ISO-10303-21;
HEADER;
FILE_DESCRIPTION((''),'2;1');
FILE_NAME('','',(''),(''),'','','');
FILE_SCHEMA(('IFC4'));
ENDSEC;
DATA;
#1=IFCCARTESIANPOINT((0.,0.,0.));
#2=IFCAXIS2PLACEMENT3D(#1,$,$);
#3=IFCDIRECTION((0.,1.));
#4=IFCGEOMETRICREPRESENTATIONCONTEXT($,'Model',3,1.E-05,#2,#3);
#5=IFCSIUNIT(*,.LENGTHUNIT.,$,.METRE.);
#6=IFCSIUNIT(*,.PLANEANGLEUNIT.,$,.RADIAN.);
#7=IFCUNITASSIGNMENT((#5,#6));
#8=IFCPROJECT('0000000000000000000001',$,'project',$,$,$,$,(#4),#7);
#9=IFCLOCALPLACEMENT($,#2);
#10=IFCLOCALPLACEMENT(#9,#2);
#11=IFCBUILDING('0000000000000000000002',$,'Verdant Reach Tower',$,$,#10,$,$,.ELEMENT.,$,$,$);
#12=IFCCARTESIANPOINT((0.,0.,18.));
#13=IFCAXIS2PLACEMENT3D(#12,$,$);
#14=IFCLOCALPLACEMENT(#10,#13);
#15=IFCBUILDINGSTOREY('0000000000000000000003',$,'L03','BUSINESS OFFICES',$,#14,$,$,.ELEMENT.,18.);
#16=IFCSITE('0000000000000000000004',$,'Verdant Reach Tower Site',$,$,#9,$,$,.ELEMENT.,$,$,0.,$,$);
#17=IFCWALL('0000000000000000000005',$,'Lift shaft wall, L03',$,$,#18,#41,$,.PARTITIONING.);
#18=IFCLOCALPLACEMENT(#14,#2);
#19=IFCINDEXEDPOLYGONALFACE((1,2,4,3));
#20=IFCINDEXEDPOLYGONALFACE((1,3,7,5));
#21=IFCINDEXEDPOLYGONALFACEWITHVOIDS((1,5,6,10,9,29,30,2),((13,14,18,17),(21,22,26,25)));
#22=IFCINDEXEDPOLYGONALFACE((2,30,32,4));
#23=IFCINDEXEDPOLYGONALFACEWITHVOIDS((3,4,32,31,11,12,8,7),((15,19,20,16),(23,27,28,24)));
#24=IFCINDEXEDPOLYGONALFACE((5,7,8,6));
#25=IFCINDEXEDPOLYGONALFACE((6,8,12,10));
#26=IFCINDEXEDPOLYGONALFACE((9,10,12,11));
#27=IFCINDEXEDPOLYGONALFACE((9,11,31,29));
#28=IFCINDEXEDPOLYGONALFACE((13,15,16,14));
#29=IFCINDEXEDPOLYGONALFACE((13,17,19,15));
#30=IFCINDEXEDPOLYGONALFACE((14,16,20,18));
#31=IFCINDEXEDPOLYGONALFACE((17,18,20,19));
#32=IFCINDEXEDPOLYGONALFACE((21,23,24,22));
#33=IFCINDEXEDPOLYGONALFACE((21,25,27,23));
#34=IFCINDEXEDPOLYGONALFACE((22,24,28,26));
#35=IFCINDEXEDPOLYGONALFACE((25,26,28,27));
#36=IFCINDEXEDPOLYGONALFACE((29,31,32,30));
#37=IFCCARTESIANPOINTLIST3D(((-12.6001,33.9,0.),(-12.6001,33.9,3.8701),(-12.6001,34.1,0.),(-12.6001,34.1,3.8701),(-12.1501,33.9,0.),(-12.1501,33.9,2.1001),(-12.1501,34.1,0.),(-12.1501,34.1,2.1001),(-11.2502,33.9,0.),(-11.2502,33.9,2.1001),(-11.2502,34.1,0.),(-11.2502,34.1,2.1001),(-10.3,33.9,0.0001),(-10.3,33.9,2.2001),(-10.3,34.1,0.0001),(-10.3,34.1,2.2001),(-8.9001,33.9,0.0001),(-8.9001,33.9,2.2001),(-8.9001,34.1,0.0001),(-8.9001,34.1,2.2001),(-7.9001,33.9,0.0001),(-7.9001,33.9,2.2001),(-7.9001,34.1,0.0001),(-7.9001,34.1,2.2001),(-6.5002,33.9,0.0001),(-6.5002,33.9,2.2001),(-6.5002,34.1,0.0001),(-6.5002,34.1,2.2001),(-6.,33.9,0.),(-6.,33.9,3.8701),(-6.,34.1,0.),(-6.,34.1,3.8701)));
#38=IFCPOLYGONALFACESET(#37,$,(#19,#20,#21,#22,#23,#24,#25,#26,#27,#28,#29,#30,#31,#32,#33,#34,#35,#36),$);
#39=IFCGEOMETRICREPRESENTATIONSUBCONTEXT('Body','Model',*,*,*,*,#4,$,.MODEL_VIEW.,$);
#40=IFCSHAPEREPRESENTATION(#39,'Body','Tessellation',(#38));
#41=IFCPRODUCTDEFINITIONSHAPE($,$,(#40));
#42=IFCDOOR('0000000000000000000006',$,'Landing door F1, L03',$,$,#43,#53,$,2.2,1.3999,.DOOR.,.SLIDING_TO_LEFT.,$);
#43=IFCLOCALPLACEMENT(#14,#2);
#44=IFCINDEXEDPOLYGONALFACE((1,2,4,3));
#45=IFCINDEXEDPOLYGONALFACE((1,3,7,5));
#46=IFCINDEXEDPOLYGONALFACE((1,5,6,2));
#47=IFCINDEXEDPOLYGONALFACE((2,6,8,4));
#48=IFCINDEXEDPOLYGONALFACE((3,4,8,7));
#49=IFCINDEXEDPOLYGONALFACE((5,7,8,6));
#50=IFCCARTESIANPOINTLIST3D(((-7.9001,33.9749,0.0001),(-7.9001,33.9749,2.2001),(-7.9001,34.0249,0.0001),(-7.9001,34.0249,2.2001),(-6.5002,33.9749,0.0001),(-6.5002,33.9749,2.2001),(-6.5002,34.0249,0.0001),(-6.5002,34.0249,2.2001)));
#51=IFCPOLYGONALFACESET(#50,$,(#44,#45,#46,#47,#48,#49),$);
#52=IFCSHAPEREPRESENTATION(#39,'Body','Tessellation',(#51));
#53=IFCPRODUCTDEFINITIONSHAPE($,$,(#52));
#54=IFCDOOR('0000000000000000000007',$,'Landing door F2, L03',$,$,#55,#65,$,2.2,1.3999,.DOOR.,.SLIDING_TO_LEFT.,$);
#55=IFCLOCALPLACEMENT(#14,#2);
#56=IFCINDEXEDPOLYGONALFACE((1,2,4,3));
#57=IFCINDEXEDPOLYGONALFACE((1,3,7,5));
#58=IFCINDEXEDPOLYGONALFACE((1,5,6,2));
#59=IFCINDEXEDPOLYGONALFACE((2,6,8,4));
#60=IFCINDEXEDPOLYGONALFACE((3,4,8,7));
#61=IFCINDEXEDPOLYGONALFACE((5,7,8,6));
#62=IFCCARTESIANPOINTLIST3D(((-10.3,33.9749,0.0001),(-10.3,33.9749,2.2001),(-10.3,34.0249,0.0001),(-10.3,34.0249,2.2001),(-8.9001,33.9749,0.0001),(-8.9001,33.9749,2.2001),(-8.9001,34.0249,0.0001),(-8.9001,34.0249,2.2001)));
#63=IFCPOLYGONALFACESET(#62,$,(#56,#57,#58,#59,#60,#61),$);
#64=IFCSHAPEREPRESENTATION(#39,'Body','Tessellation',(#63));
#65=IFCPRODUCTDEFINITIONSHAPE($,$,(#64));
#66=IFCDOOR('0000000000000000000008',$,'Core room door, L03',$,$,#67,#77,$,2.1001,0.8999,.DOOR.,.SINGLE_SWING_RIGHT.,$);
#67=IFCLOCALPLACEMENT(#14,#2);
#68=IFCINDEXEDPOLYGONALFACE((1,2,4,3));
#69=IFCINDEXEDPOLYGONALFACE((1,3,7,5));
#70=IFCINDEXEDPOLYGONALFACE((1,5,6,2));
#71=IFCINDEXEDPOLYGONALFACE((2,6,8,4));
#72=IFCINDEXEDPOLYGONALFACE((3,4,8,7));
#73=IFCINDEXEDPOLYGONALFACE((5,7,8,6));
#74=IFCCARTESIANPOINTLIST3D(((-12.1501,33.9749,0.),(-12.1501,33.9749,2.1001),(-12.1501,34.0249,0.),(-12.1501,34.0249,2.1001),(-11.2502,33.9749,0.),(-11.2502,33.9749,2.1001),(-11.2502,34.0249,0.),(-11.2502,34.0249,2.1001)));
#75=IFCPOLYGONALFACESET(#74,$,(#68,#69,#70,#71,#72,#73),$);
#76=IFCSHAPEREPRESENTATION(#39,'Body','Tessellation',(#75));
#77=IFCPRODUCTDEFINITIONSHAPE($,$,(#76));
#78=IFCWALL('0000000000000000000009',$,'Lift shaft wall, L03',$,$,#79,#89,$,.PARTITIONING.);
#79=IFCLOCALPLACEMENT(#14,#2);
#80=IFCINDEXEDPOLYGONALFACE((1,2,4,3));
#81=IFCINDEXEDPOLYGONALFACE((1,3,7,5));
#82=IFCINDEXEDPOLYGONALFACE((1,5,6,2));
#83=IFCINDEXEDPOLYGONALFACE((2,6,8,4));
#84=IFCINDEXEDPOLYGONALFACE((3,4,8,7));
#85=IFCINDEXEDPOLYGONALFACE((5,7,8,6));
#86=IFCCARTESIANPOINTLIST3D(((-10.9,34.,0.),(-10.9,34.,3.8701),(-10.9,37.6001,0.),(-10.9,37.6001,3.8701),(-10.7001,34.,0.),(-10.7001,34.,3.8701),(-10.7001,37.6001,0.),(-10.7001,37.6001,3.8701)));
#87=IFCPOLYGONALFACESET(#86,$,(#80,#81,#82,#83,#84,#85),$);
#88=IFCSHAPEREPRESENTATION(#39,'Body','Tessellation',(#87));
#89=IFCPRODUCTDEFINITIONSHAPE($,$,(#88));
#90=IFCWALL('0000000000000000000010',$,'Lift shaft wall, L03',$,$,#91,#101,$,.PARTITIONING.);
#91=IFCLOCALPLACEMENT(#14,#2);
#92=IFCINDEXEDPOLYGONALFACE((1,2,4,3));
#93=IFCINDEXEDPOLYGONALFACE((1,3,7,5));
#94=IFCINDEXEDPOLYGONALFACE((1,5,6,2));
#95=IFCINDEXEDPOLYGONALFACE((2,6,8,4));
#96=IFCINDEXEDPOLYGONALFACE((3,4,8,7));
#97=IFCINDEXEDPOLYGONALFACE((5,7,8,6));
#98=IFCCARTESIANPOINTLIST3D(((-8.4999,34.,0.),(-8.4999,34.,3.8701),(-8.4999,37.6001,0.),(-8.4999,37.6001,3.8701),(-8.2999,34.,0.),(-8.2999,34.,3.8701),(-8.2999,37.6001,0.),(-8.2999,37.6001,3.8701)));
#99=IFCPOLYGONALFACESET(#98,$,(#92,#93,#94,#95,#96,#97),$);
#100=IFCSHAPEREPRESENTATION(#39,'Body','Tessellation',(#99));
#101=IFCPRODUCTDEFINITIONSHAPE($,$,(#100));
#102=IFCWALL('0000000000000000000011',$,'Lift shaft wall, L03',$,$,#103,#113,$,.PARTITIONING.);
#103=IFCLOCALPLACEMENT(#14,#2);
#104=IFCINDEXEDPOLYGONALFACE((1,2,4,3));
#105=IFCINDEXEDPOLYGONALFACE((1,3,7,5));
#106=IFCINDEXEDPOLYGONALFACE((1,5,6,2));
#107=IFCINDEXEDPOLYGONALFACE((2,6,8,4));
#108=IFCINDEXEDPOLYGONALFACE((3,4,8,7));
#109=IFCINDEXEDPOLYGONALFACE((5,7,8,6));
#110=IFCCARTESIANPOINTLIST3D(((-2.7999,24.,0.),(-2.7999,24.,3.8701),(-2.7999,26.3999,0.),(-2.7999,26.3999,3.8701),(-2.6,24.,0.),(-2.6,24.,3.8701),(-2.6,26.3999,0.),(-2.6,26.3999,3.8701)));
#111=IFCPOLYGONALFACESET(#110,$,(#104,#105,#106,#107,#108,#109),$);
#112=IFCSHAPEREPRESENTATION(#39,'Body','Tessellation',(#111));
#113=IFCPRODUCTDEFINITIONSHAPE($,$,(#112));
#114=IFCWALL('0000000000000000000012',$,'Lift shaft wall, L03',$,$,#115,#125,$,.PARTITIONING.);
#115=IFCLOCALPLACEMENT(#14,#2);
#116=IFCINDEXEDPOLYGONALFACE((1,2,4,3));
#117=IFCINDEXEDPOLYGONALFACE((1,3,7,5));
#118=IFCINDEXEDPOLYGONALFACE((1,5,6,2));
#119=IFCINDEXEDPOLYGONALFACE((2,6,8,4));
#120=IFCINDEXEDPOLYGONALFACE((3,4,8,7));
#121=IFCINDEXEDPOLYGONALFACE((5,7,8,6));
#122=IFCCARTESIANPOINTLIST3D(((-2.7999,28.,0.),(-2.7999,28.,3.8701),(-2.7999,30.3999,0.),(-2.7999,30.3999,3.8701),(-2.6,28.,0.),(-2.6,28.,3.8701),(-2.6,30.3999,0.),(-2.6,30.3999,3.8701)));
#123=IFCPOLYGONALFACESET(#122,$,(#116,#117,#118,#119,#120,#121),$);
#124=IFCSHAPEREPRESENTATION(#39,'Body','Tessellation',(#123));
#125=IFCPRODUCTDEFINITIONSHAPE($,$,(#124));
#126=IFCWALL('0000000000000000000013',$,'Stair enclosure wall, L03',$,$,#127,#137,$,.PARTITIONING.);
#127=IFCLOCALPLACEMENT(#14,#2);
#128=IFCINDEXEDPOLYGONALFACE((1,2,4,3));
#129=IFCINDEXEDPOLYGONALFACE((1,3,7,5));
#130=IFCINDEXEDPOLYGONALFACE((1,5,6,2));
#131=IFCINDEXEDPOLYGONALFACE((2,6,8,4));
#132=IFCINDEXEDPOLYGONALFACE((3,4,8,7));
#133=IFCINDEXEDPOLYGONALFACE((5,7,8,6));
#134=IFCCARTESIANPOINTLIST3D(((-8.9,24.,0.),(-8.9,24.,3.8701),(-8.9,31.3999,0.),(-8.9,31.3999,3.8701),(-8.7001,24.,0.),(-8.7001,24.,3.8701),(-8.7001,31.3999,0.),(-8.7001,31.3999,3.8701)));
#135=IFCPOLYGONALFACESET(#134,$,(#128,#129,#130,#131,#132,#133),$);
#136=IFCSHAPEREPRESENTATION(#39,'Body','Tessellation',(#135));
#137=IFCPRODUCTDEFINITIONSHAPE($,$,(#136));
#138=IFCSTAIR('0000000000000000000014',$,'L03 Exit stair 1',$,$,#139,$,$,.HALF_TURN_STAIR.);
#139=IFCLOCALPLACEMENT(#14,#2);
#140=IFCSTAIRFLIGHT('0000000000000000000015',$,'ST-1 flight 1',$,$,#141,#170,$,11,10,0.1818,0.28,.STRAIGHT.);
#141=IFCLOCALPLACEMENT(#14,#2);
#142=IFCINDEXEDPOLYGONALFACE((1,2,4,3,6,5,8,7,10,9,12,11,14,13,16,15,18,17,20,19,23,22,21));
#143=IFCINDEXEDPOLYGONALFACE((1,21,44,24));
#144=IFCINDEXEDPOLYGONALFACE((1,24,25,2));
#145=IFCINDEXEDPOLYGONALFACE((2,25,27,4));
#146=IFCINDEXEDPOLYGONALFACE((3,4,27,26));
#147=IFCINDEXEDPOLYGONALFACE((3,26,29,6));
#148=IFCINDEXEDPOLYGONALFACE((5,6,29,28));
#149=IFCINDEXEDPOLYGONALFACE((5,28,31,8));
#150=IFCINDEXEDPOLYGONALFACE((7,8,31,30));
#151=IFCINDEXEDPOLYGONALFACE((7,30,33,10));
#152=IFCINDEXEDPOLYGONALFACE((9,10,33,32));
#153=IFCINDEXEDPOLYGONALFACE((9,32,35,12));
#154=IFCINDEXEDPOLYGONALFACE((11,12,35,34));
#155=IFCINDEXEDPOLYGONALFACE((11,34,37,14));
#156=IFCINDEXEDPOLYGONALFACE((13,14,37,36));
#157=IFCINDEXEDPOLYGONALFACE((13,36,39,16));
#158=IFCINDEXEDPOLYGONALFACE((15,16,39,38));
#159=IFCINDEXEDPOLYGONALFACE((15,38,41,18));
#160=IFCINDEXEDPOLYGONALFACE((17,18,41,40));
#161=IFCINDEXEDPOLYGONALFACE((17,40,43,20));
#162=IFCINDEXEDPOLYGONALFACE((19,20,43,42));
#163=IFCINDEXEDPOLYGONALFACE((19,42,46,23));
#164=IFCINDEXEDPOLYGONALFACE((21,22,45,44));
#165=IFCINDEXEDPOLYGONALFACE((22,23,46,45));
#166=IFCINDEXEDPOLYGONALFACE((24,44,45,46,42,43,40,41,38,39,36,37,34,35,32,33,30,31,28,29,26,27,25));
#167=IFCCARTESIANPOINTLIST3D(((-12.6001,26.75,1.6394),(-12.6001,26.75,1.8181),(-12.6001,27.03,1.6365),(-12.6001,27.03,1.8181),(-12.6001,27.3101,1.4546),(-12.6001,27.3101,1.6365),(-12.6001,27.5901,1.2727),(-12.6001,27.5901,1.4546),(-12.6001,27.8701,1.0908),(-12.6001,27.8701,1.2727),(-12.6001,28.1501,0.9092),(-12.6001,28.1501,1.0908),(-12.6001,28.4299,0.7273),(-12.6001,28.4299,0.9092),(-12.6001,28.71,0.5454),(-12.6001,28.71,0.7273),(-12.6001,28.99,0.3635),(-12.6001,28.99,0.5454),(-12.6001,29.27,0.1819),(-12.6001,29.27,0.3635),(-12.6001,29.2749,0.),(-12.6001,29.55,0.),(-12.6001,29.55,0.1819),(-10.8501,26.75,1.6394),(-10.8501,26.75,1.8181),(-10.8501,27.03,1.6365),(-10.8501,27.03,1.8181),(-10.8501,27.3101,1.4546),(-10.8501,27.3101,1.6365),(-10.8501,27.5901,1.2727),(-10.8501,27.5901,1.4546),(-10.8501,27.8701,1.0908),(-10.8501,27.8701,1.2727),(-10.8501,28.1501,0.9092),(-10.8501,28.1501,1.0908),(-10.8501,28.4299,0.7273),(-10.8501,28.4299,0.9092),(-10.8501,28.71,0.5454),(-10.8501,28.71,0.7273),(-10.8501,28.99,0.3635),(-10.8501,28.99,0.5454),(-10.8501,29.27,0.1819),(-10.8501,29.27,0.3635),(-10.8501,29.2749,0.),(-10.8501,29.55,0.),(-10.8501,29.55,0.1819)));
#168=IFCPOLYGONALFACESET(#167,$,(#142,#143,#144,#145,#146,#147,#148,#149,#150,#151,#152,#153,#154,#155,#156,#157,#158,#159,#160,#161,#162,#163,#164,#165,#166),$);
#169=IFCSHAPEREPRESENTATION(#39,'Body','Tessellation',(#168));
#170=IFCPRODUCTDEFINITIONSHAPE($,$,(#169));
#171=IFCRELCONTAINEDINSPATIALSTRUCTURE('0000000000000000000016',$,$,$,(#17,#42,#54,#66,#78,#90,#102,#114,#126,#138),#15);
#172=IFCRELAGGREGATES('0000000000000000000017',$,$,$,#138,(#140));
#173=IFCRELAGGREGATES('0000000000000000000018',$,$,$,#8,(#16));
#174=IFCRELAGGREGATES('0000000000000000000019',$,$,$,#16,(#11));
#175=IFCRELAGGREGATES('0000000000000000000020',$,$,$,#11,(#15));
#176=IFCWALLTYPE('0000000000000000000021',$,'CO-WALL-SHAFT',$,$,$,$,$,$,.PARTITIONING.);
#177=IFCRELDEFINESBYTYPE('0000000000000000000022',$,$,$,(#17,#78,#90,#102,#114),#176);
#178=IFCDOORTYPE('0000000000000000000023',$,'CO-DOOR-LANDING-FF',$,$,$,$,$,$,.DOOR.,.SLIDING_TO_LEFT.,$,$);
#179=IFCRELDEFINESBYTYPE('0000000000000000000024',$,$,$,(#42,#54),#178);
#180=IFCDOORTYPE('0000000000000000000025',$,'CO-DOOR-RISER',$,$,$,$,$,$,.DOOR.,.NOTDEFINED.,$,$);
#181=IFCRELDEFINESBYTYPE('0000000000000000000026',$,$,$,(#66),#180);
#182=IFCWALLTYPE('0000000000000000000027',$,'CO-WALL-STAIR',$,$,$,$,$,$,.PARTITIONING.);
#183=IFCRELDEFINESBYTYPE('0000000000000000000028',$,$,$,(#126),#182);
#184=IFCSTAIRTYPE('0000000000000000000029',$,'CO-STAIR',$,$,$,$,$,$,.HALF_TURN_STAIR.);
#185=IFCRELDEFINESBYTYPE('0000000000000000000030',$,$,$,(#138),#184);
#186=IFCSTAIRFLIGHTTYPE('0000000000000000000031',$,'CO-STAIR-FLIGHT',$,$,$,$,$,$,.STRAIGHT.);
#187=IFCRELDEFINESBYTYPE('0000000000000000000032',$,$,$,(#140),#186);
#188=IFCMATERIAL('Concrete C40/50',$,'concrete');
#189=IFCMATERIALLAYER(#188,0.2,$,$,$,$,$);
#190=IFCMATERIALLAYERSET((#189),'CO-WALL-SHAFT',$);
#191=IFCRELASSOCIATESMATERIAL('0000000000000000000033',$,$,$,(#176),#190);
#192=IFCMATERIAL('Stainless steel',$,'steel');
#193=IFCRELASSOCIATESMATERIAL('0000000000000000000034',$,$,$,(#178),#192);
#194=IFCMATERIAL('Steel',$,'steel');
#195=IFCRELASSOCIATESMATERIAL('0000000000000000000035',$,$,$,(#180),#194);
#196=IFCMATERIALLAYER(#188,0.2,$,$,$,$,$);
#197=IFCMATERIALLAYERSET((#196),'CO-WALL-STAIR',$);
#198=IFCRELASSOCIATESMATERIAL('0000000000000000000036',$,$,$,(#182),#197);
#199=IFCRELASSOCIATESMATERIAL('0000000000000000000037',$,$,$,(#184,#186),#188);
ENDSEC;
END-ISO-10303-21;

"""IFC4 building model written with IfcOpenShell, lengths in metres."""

from ifc_helpers import new_model, si_unit, direction, frame, frame_2d, origin, place, context, subcontext, project, spatial, polyline, rectangle, outline, extrude, material, layer, layer_set, type_object, element, fill, aggregate, save


model = new_model("IFC4")

# Units and contexts
model_context = context("Model", 3, precision=1e-05, world=origin(), true_north=direction((0.0, 1.0)))
body_context = subcontext(model_context, "Body", "Model", "MODEL_VIEW")
ifc_project = project(units=[si_unit("LENGTHUNIT", "METRE"), si_unit("PLANEANGLEUNIT", "RADIAN")], contexts=[model_context])

# Site, building, storey
site_placement = place(None, origin())
site = spatial("IfcSite", under=ifc_project, at=site_placement, Name="Verdant Reach Tower Site", CompositionType="ELEMENT", RefElevation=0.0)
building_placement = place(site_placement, origin())
building = spatial("IfcBuilding", under=site, at=building_placement, Name="Verdant Reach Tower", CompositionType="ELEMENT")
storey_placement = place(building_placement, frame((0.0, 0.0, 18.0)))
storey = spatial("IfcBuildingStorey", under=building, at=storey_placement, Name="L03", Description="BUSINESS OFFICES", CompositionType="ELEMENT", Elevation=18.0)

# Shared definitions
ifc_material_1 = material(Name="Concrete C40/50", Category="concrete")
ifc_layer_1 = layer(ifc_material_1, 0.2)
ifc_layer_set_1 = layer_set([ifc_layer_1], Name="CO-WALL-SHAFT")
wall_type_1 = type_object("IfcWallType", Name="CO-WALL-SHAFT", PredefinedType="PARTITIONING", material=ifc_layer_set_1)
ifc_material_2 = material(Name="Stainless steel", Category="steel")

# Wall, openings, doors
wall_1_placement = place(storey_placement, frame((-12.6001, 34.0, 0.0), z_axis=(0.0, 0.0, 1.0), x_axis=(1.0, 0.0, 0.0)))
wall_1 = element("IfcWall", 1, at=wall_1_placement, inside=storey, type_object=wall_type_1, Name="Lift shaft wall, L03", PredefinedType="PARTITIONING", context=body_context, shape_type="SweptSolid", body=[
    extrude(rectangle(XDim=6.6001, YDim=0.2, at=frame_2d((3.3, 0.0))), origin(), (0.0, 0.0, 1.0), 3.8701),
])
opening_1_placement = place(wall_1_placement, frame((4.7, 0.0, 0.0)))
opening_1 = element("IfcOpeningElement", 2, at=opening_1_placement, cuts=wall_1, PredefinedType="OPENING", context=body_context, shape_type="SweptSolid", body=[
    extrude(rectangle(XDim=1.3999, YDim=2.2, at=frame_2d((0.7, 1.1001))), frame((0.0, 0.1099, 0.0), z_axis=(0.0, -1.0, 0.0), x_axis=(1.0, 0.0, 0.0)), (0.0, 0.0, 1.0), 0.22),
])
opening_2_placement = place(wall_1_placement, frame((2.3, 0.0, 0.0)))
opening_2 = element("IfcOpeningElement", 3, at=opening_2_placement, cuts=wall_1, PredefinedType="OPENING", context=body_context, shape_type="SweptSolid", body=[
    extrude(rectangle(XDim=1.3999, YDim=2.2, at=frame_2d((0.7, 1.1001))), frame((0.0, 0.1099, 0.0), z_axis=(0.0, -1.0, 0.0), x_axis=(1.0, 0.0, 0.0)), (0.0, 0.0, 1.0), 0.22),
])
opening_3_placement = place(wall_1_placement, frame((0.45, 0.0, 0.0)))
opening_3 = element("IfcOpeningElement", 4, at=opening_3_placement, cuts=wall_1, PredefinedType="OPENING", context=body_context, shape_type="SweptSolid", body=[
    extrude(rectangle(XDim=0.8999, YDim=2.1001, at=frame_2d((0.45, 1.05))), frame((0.0, 0.1099, 0.0), z_axis=(0.0, -1.0, 0.0), x_axis=(1.0, 0.0, 0.0)), (0.0, 0.0, 1.0), 0.22),
])
door_type_1 = type_object("IfcDoorType", Name="CO-DOOR-LANDING-FF", OperationType="SLIDING_TO_LEFT", PredefinedType="DOOR", material=ifc_material_2)
door_1_placement = place(opening_1_placement, origin())
door_1 = element("IfcDoor", 5, at=door_1_placement, inside=storey, type_object=door_type_1, Name="Landing door F1, L03", OperationType="SLIDING_TO_LEFT", OverallHeight=2.2, OverallWidth=1.3999, PredefinedType="DOOR", context=body_context, shape_type="SweptSolid", body=[
    extrude(rectangle(XDim=1.3999, YDim=2.2, at=frame_2d((0.7, 1.1001))), frame((0.0, 0.0249, 0.0), z_axis=(0.0, -1.0, 0.0), x_axis=(1.0, 0.0, 0.0)), (0.0, 0.0, 1.0), 0.05),
])
fill(opening_1, door_1)
door_2_placement = place(opening_2_placement, origin())
door_2 = element("IfcDoor", 6, at=door_2_placement, inside=storey, type_object=door_type_1, Name="Landing door F2, L03", OperationType="SLIDING_TO_LEFT", OverallHeight=2.2, OverallWidth=1.3999, PredefinedType="DOOR", context=body_context, shape_type="SweptSolid", body=[
    extrude(rectangle(XDim=1.3999, YDim=2.2, at=frame_2d((0.7, 1.1001))), frame((0.0, 0.0249, 0.0), z_axis=(0.0, -1.0, 0.0), x_axis=(1.0, 0.0, 0.0)), (0.0, 0.0, 1.0), 0.05),
])
fill(opening_2, door_2)
ifc_material_3 = material(Name="Steel", Category="steel")
door_type_2 = type_object("IfcDoorType", Name="CO-DOOR-RISER", OperationType="NOTDEFINED", PredefinedType="DOOR", material=ifc_material_3)
door_3_placement = place(opening_3_placement, origin())
door_3 = element("IfcDoor", 7, at=door_3_placement, inside=storey, type_object=door_type_2, Name="Core room door, L03", OperationType="SINGLE_SWING_RIGHT", OverallHeight=2.1001, OverallWidth=0.8999, PredefinedType="DOOR", context=body_context, shape_type="SweptSolid", body=[
    extrude(rectangle(XDim=0.8999, YDim=2.1001, at=frame_2d((0.45, 1.05))), frame((0.0, 0.0249, 0.0), z_axis=(0.0, -1.0, 0.0), x_axis=(1.0, 0.0, 0.0)), (0.0, 0.0, 1.0), 0.05),
])
fill(opening_3, door_3)

# Walls
for number, where, z_axis, x_axis, name in (
    (8, (-10.8, 34.0, 0.0), (0.0, 0.0, 1.0), (0.0, 1.0, 0.0), "Lift shaft wall, L03"),
    (9, (-8.3999, 34.0, 0.0), (0.0, 0.0, 1.0), (0.0, 1.0, 0.0), "Lift shaft wall, L03"),
):
    element("IfcWall", number, at=place(storey_placement, frame(where, z_axis=z_axis, x_axis=x_axis)), inside=storey, type_object=wall_type_1, Name=name, PredefinedType="PARTITIONING", context=body_context, shape_type="SweptSolid", body=[
        extrude(rectangle(XDim=3.6001, YDim=0.2, at=frame_2d((1.8, 0.0))), origin(), (0.0, 0.0, 1.0), 3.8701),
    ])
for number, where, z_axis, x_axis, name in (
    (10, (-2.7, 24.0, 0.0), (0.0, 0.0, 1.0), (0.0, 1.0, 0.0), "Lift shaft wall, L03"),
    (11, (-2.7, 28.0, 0.0), (0.0, 0.0, 1.0), (0.0, 1.0, 0.0), "Lift shaft wall, L03"),
):
    element("IfcWall", number, at=place(storey_placement, frame(where, z_axis=z_axis, x_axis=x_axis)), inside=storey, type_object=wall_type_1, Name=name, PredefinedType="PARTITIONING", context=body_context, shape_type="SweptSolid", body=[
        extrude(rectangle(XDim=2.3999, YDim=0.2, at=frame_2d((1.2, 0.0))), origin(), (0.0, 0.0, 1.0), 3.8701),
    ])
ifc_layer_2 = layer(ifc_material_1, 0.2)
ifc_layer_set_2 = layer_set([ifc_layer_2], Name="CO-WALL-STAIR")
wall_type_2 = type_object("IfcWallType", Name="CO-WALL-STAIR", PredefinedType="PARTITIONING", material=ifc_layer_set_2)
wall_2_placement = place(storey_placement, frame((-8.8, 24.0, 0.0), z_axis=(0.0, 0.0, 1.0), x_axis=(0.0, 1.0, 0.0)))
element("IfcWall", 12, at=wall_2_placement, inside=storey, type_object=wall_type_2, Name="Stair enclosure wall, L03", PredefinedType="PARTITIONING", context=body_context, shape_type="SweptSolid", body=[
    extrude(rectangle(XDim=7.3999, YDim=0.2, at=frame_2d((3.7, 0.0))), origin(), (0.0, 0.0, 1.0), 3.8701),
])

# Stair, stair flight
stair_type = type_object("IfcStairType", Name="CO-STAIR", PredefinedType="HALF_TURN_STAIR", material=ifc_material_1)
stair_placement = place(storey_placement, origin())
stair = element("IfcStair", 13, at=stair_placement, inside=storey, type_object=stair_type, Name="L03 Exit stair 1", PredefinedType="HALF_TURN_STAIR")
stair_flight_type = type_object("IfcStairFlightType", Name="CO-STAIR-FLIGHT", PredefinedType="STRAIGHT", material=ifc_material_1)
stair_flight_1_placement = place(storey_placement, frame((-11.7251, 29.55, 0.0), z_axis=(0.0, 0.0, 1.0), x_axis=(0.0, -1.0, 0.0)))
stair_flight_1 = element("IfcStairFlight", 14, at=stair_flight_1_placement, type_object=stair_flight_type, Name="ST-1 flight 1", NumberOfRisers=11, NumberOfTreads=10, PredefinedType="STRAIGHT", RiserHeight=0.1818, TreadLength=0.28, context=body_context, shape_type="SweptSolid", body=[
    extrude(outline(polyline([(0.0, 0.0), (0.0, 0.1819), (0.28, 0.1819), (0.28, 0.3635), (0.5601, 0.3635), (0.5601, 0.5454), (0.8401, 0.5454), (0.8401, 0.7273), (1.1201, 0.7273), (1.1201, 0.9092), (1.3999, 0.9092), (1.3999, 1.0908), (1.6799, 1.0908), (1.6799, 1.2727), (1.96, 1.2727), (1.96, 1.4546), (2.24, 1.4546), (2.24, 1.6365), (2.52, 1.6365), (2.52, 1.8181), (2.8, 1.8181), (2.8, 2.0), (2.8, 1.6394), (0.2751, 0.0), (0.0, 0.0)])), frame((0.0, 0.875, 0.0), z_axis=(0.0, -1.0, 0.0), x_axis=(1.0, 0.0, 0.0)), (0.0, 0.0, 1.0), 1.75),
])
aggregate(stair, [stair_flight_1])

save(model, "model.ifc")
